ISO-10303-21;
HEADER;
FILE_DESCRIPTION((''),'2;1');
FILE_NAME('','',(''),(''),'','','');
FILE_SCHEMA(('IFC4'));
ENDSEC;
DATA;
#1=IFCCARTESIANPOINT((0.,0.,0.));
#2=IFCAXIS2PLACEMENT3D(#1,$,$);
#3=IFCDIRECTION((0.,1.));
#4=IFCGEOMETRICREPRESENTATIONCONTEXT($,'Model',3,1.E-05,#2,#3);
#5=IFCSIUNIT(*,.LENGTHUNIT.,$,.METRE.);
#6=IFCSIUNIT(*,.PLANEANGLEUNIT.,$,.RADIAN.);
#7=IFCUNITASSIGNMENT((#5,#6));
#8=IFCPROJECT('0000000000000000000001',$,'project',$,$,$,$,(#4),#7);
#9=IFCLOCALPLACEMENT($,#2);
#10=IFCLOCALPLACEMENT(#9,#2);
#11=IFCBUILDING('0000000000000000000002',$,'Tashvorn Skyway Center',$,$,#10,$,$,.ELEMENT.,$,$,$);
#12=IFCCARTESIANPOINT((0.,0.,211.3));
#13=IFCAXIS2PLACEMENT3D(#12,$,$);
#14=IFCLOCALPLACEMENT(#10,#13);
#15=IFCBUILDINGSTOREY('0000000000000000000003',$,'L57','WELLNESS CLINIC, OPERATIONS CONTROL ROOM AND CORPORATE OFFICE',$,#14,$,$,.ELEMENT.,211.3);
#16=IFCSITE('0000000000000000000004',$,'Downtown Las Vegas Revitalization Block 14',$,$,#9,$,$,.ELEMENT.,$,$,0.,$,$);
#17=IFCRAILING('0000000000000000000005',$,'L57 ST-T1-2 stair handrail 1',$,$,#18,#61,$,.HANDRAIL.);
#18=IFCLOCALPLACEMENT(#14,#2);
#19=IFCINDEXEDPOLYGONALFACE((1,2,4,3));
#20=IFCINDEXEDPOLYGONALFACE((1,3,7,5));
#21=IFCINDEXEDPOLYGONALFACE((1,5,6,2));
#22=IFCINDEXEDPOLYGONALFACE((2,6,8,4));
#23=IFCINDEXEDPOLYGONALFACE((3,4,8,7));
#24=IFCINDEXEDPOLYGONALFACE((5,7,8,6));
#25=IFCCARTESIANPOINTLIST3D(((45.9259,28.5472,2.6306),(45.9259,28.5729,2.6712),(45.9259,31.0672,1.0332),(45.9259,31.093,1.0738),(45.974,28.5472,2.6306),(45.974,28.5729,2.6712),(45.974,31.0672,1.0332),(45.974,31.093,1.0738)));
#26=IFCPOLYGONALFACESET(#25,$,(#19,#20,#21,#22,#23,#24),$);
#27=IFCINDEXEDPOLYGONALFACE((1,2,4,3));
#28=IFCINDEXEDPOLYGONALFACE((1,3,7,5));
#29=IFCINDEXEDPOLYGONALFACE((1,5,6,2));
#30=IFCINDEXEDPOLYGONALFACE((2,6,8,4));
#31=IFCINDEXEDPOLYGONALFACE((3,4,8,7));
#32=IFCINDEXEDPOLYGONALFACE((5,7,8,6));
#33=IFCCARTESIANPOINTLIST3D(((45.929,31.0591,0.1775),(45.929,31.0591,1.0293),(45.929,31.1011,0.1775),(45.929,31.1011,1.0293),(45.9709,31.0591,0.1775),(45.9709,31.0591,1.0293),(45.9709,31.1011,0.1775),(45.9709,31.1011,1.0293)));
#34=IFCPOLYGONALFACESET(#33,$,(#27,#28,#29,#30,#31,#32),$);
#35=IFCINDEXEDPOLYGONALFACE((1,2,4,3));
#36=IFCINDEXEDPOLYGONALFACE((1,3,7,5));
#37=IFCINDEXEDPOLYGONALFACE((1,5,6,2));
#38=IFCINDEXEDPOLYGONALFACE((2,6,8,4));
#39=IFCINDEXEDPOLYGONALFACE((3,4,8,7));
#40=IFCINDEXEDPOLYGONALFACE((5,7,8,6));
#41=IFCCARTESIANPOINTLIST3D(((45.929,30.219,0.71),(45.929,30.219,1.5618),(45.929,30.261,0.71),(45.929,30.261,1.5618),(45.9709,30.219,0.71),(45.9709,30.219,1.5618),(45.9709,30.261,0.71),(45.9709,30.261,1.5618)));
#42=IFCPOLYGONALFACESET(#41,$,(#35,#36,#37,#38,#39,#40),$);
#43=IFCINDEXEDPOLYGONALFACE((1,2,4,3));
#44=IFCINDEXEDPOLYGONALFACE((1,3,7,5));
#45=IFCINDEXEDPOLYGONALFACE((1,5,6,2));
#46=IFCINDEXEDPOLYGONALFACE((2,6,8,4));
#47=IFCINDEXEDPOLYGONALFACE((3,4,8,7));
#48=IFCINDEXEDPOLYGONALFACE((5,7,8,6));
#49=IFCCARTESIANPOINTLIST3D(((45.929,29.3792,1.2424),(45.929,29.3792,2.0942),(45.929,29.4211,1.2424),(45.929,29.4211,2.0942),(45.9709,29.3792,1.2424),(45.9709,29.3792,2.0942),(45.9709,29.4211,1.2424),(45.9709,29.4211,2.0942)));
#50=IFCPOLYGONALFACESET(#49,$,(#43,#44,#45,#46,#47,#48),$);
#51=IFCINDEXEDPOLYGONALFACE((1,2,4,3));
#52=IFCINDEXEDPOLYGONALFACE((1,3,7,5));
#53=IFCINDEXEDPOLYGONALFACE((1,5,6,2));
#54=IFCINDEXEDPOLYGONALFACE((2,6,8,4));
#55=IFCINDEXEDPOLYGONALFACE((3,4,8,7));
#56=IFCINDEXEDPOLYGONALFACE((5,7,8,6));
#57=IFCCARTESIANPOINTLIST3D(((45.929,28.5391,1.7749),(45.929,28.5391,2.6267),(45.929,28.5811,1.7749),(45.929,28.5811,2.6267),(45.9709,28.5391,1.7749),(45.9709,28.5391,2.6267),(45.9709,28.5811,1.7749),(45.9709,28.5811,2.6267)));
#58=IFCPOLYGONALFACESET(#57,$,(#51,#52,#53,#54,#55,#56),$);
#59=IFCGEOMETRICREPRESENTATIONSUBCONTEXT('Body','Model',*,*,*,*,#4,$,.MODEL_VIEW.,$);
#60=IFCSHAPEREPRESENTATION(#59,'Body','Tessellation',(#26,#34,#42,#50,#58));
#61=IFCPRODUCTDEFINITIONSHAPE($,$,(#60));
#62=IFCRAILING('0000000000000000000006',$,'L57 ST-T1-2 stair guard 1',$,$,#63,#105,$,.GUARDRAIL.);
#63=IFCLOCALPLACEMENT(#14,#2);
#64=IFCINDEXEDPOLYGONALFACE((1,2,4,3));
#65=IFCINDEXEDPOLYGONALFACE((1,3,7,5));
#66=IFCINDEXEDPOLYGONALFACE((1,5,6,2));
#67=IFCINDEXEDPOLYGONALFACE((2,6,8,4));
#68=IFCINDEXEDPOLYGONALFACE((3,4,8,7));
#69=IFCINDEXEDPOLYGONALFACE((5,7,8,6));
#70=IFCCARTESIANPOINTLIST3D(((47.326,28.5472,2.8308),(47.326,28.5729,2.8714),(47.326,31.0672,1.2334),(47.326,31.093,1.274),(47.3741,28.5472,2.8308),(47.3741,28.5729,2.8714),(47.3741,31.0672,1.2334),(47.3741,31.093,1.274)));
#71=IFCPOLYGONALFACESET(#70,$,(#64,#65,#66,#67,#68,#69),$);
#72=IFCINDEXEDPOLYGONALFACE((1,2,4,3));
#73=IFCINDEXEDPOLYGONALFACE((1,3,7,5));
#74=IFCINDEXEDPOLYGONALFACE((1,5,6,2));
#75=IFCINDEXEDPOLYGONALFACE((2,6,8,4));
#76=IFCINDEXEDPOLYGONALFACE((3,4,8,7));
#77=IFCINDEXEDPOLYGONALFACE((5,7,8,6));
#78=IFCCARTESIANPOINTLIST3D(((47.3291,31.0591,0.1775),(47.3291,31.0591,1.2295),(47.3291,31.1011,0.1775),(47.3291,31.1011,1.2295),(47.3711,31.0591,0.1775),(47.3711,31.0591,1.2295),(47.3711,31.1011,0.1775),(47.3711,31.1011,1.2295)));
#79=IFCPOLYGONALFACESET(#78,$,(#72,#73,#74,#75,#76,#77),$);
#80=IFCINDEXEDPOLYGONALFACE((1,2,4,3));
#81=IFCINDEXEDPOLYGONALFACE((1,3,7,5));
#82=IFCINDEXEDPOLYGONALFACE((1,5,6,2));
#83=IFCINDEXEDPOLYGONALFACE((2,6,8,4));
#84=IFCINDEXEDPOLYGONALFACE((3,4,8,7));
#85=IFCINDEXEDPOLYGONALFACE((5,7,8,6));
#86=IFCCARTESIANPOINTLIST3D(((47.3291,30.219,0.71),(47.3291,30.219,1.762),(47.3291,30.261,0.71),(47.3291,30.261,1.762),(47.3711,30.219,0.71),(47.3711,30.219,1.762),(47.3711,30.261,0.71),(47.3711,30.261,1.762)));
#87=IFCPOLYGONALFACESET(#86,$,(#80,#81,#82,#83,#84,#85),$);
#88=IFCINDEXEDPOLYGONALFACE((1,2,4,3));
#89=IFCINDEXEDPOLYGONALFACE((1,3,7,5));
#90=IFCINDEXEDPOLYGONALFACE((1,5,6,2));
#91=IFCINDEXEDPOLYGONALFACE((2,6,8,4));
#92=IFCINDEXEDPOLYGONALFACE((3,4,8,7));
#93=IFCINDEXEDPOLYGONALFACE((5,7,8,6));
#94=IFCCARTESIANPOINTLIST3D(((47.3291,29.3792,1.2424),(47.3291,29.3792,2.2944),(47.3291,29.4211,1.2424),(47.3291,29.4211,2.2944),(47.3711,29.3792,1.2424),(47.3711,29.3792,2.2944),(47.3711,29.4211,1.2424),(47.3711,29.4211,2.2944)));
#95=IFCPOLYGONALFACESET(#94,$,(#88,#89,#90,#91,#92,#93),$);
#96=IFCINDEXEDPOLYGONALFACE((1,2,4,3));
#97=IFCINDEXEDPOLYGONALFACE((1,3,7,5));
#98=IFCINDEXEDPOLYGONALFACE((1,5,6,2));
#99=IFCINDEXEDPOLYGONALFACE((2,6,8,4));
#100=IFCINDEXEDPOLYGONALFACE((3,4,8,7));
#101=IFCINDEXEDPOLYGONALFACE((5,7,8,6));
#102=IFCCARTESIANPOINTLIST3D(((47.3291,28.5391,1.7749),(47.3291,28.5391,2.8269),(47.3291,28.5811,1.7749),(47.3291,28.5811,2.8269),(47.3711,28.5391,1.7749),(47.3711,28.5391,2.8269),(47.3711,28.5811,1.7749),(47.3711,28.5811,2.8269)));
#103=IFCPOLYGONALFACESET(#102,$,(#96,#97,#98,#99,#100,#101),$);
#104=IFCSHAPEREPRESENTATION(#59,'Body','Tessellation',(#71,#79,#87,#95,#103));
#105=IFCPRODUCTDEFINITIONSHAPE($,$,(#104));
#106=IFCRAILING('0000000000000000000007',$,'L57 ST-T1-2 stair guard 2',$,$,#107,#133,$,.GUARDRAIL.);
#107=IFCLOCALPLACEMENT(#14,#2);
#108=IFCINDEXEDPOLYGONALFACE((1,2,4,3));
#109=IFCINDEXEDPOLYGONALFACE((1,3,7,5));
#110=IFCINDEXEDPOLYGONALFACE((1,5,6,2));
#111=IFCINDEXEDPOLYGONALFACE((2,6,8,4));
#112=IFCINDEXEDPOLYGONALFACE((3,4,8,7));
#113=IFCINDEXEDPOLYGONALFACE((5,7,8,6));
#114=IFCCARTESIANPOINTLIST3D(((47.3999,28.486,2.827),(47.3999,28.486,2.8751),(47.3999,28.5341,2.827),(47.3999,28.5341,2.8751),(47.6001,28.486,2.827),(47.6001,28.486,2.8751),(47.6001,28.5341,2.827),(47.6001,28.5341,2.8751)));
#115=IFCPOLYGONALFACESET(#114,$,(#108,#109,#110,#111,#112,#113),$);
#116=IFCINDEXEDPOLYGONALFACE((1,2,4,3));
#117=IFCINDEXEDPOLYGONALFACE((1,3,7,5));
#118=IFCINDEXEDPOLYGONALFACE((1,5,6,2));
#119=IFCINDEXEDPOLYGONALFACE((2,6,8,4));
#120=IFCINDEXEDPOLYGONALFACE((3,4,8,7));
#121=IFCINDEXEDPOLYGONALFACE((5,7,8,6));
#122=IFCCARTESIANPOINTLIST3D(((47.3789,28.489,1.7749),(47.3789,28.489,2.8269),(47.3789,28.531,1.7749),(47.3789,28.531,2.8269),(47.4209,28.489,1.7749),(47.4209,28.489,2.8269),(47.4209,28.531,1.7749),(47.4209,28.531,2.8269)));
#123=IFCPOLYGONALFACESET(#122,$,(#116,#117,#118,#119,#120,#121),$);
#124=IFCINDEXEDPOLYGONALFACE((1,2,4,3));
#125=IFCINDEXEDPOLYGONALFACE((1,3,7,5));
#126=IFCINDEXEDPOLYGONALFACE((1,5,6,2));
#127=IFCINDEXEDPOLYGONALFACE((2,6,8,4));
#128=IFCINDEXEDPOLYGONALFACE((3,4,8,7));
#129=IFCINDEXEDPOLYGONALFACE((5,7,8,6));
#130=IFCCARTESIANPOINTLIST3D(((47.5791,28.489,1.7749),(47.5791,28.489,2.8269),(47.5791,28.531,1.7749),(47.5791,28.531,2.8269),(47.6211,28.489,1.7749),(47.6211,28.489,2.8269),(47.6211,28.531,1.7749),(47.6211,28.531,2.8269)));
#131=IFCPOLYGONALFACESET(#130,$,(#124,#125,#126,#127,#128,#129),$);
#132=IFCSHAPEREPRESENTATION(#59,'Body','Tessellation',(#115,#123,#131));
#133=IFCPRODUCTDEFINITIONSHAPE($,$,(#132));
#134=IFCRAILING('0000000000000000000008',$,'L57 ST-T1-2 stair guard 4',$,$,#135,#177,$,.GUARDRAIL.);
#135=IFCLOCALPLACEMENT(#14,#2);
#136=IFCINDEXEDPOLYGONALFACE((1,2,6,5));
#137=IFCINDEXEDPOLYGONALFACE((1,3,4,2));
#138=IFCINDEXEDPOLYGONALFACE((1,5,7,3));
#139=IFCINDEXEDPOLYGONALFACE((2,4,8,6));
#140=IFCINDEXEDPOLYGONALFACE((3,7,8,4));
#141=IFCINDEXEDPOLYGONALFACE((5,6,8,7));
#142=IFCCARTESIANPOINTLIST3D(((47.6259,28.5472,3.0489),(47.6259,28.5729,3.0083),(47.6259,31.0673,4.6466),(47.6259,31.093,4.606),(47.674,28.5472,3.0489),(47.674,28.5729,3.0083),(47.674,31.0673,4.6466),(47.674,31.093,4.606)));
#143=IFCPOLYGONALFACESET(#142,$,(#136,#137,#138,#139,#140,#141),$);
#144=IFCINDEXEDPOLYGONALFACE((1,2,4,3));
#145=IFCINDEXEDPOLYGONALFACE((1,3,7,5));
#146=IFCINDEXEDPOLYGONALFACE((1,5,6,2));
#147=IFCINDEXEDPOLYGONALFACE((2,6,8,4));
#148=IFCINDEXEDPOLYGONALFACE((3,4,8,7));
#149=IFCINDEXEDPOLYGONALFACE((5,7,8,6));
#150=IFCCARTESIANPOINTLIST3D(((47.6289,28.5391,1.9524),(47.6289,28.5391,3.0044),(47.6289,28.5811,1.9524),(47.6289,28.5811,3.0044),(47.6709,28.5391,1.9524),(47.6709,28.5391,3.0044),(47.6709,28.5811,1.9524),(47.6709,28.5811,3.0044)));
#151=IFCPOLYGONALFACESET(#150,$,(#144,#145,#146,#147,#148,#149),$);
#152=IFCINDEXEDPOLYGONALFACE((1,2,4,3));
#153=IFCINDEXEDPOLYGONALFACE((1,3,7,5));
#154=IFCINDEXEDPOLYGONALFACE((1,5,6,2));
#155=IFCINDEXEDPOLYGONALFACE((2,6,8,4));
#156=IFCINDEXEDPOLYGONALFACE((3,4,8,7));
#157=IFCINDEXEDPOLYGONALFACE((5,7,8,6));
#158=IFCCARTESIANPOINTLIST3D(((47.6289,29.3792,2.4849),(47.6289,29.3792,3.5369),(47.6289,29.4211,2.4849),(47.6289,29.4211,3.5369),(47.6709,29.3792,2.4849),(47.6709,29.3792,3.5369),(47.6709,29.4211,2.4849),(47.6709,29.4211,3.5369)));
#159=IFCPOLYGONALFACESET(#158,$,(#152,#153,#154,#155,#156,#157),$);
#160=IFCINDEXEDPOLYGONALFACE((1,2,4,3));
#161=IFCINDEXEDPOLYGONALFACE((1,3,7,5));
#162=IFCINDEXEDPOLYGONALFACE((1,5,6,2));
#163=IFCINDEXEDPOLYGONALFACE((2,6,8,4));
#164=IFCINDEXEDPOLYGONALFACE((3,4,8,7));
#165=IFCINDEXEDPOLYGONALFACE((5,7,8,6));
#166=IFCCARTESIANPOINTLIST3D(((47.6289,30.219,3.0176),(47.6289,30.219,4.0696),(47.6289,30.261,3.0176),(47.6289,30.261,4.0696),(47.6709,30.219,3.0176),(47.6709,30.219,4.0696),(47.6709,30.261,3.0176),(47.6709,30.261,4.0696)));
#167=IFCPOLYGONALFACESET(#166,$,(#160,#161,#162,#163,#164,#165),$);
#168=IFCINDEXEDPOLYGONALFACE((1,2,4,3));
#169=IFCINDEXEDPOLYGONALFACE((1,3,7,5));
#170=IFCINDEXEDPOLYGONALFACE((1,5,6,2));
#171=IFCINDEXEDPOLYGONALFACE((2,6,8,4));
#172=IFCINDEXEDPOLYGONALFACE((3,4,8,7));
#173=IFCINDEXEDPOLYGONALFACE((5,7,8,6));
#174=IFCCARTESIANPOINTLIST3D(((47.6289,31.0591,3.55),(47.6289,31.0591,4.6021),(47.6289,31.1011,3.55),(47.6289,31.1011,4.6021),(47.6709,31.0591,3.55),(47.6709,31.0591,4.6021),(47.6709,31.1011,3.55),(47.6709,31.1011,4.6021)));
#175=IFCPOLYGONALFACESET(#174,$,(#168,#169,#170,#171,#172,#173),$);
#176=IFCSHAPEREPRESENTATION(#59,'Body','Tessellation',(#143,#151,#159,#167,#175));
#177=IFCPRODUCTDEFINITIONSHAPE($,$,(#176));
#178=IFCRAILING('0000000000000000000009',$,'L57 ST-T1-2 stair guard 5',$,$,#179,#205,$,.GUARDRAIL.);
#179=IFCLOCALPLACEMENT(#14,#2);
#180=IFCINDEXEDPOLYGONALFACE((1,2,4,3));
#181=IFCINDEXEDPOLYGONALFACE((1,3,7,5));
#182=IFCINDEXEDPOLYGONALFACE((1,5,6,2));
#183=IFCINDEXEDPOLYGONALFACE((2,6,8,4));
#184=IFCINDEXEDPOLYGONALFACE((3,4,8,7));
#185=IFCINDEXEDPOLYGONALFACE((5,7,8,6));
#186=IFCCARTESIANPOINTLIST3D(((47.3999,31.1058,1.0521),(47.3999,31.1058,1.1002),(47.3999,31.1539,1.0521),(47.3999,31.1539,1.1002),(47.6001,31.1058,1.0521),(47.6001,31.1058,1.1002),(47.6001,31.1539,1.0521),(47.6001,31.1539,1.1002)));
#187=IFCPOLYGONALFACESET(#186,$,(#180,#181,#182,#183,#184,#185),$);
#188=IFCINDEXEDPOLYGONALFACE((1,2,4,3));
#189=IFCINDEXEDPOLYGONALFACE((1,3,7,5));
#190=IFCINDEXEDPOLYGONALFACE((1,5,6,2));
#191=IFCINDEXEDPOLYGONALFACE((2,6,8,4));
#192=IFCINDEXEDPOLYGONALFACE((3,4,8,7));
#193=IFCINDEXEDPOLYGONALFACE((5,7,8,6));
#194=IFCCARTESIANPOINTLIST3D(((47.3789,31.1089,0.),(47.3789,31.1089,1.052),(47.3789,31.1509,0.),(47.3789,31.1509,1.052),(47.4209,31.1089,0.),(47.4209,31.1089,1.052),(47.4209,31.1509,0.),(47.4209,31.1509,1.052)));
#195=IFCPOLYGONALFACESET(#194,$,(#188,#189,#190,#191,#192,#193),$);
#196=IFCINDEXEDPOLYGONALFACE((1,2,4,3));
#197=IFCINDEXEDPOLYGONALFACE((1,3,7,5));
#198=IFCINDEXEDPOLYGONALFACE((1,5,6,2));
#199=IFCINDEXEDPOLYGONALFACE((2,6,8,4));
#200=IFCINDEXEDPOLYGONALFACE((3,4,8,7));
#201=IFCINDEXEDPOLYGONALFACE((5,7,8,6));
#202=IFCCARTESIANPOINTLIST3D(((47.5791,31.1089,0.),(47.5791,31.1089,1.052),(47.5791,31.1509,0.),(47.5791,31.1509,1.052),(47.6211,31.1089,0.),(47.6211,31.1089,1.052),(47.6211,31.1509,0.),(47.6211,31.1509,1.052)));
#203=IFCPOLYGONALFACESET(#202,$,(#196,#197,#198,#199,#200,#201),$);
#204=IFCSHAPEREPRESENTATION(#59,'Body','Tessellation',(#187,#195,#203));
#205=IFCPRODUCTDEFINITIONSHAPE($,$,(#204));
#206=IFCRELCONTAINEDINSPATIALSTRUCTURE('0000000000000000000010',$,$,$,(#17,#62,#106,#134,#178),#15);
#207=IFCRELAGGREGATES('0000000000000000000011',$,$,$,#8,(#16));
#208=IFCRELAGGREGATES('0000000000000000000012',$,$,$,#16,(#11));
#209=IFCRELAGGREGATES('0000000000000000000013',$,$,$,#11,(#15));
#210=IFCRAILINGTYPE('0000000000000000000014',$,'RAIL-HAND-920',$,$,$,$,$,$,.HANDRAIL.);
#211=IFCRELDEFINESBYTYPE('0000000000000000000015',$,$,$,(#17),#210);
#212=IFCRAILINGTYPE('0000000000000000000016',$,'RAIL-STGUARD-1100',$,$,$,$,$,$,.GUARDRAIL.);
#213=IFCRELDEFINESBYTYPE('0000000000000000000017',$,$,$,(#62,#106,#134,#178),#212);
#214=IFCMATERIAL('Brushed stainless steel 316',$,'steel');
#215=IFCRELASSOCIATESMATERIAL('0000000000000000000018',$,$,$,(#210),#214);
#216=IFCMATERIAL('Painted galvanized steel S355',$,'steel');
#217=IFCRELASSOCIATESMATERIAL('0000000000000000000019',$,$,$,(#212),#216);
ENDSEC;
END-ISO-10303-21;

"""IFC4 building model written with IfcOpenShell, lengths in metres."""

from ifc_helpers import new_model, si_unit, direction, frame, origin, origin_2d, place, context, subcontext, project, spatial, rectangle, extrude, material, type_object, element, save


model = new_model("IFC4")

# Units and contexts
model_context = context("Model", 3, precision=1e-05, world=origin(), true_north=direction((0.0, 1.0)))
body_context = subcontext(model_context, "Body", "Model", "MODEL_VIEW")
ifc_project = project(units=[si_unit("LENGTHUNIT", "METRE"), si_unit("PLANEANGLEUNIT", "RADIAN")], contexts=[model_context])

# Site, building, storey
site_placement = place(None, origin())
site = spatial("IfcSite", under=ifc_project, at=site_placement, Name="Downtown Las Vegas Revitalization Block 14", CompositionType="ELEMENT", RefElevation=0.0)
building_placement = place(site_placement, origin())
building = spatial("IfcBuilding", under=site, at=building_placement, Name="Tashvorn Skyway Center", CompositionType="ELEMENT")
storey_placement = place(building_placement, frame((0.0, 0.0, 211.3)))
storey = spatial("IfcBuildingStorey", under=building, at=storey_placement, Name="L57", Description="WELLNESS CLINIC, OPERATIONS CONTROL ROOM AND CORPORATE OFFICE", CompositionType="ELEMENT", Elevation=211.3)

# Railings
ifc_material_1 = material(Name="Brushed stainless steel 316", Category="steel")
railing_type_1 = type_object("IfcRailingType", Name="RAIL-HAND-920", PredefinedType="HANDRAIL", material=ifc_material_1)
railing_1_placement = place(storey_placement, frame((45.95, 31.0801, 0.1775)))
element("IfcRailing", 1, at=railing_1_placement, inside=storey, type_object=railing_type_1, Name="L57 ST-T1-2 stair handrail 1", PredefinedType="HANDRAIL", context=body_context, shape_type="SweptSolid", body=[
    extrude(rectangle(XDim=0.0481, YDim=0.0481, at=origin_2d()), frame((0.0, 0.0, 0.876), z_axis=(0.0, -0.844607, 0.535387), x_axis=(1.0, 0.0, 0.0)), (0.0, 0.0, 1.0), 2.9836),
    extrude(rectangle(XDim=0.042, YDim=0.042, at=origin_2d()), origin(), (0.0, 0.0, 1.0), 0.8518),
    extrude(rectangle(XDim=0.042, YDim=0.042, at=origin_2d()), frame((0.0, -0.8401, 0.5325)), (0.0, 0.0, 1.0), 0.8518),
    extrude(rectangle(XDim=0.042, YDim=0.042, at=origin_2d()), frame((0.0, -1.6799, 1.0649)), (0.0, 0.0, 1.0), 0.8518),
    extrude(rectangle(XDim=0.042, YDim=0.042, at=origin_2d()), frame((0.0, -2.52, 1.5974)), (0.0, 0.0, 1.0), 0.8518),
])
ifc_material_2 = material(Name="Painted galvanized steel S355", Category="steel")
railing_type_2 = type_object("IfcRailingType", Name="RAIL-STGUARD-1100", PredefinedType="GUARDRAIL", material=ifc_material_2)
railing_2_placement = place(storey_placement, frame((47.3501, 31.0801, 0.1775)))
element("IfcRailing", 2, at=railing_2_placement, inside=storey, type_object=railing_type_2, Name="L57 ST-T1-2 stair guard 1", PredefinedType="GUARDRAIL", context=body_context, shape_type="SweptSolid", body=[
    extrude(rectangle(XDim=0.0481, YDim=0.0481, at=origin_2d()), frame((0.0, 0.0, 1.0762), z_axis=(0.0, -0.844607, 0.535387), x_axis=(1.0, 0.0, 0.0)), (0.0, 0.0, 1.0), 2.9836),
    extrude(rectangle(XDim=0.042, YDim=0.042, at=origin_2d()), origin(), (0.0, 0.0, 1.0), 1.052),
    extrude(rectangle(XDim=0.042, YDim=0.042, at=origin_2d()), frame((0.0, -0.8401, 0.5325)), (0.0, 0.0, 1.0), 1.052),
    extrude(rectangle(XDim=0.042, YDim=0.042, at=origin_2d()), frame((0.0, -1.6799, 1.0649)), (0.0, 0.0, 1.0), 1.052),
    extrude(rectangle(XDim=0.042, YDim=0.042, at=origin_2d()), frame((0.0, -2.52, 1.5974)), (0.0, 0.0, 1.0), 1.052),
])
railing_3_placement = place(storey_placement, frame((47.3999, 28.51, 1.7749)))
element("IfcRailing", 3, at=railing_3_placement, inside=storey, type_object=railing_type_2, Name="L57 ST-T1-2 stair guard 2", PredefinedType="GUARDRAIL", context=body_context, shape_type="SweptSolid", body=[
    extrude(rectangle(XDim=0.0481, YDim=0.0481, at=origin_2d()), frame((0.0, 0.0, 1.0762), z_axis=(1.0, 0.0, 0.0), x_axis=(0.0, 1.0, 0.0)), (0.0, 0.0, 1.0), 0.2002),
    extrude(rectangle(XDim=0.042, YDim=0.042, at=origin_2d()), origin(), (0.0, 0.0, 1.0), 1.052),
    extrude(rectangle(XDim=0.042, YDim=0.042, at=origin_2d()), frame((0.2002, 0.0, 0.0)), (0.0, 0.0, 1.0), 1.052),
])
railing_4_placement = place(storey_placement, frame((47.6499, 28.5601, 1.9524)))
element("IfcRailing", 4, at=railing_4_placement, inside=storey, type_object=railing_type_2, Name="L57 ST-T1-2 stair guard 4", PredefinedType="GUARDRAIL", context=body_context, shape_type="SweptSolid", body=[
    extrude(rectangle(XDim=0.0481, YDim=0.0481, at=origin_2d()), frame((0.0, 0.0, 1.0762), z_axis=(0.0, 0.84457, 0.535445), x_axis=(-1.0, 0.0, 0.0)), (0.0, 0.0, 1.0), 2.9839),
    extrude(rectangle(XDim=0.042, YDim=0.042, at=origin_2d()), origin(), (0.0, 0.0, 1.0), 1.052),
    extrude(rectangle(XDim=0.042, YDim=0.042, at=origin_2d()), frame((0.0, 0.8401, 0.5325)), (0.0, 0.0, 1.0), 1.052),
    extrude(rectangle(XDim=0.042, YDim=0.042, at=origin_2d()), frame((0.0, 1.6799, 1.0652)), (0.0, 0.0, 1.0), 1.052),
    extrude(rectangle(XDim=0.042, YDim=0.042, at=origin_2d()), frame((0.0, 2.52, 1.5977)), (0.0, 0.0, 1.0), 1.052),
])
railing_5_placement = place(storey_placement, frame((47.3999, 31.1299, 0.0)))
element("IfcRailing", 5, at=railing_5_placement, inside=storey, type_object=railing_type_2, Name="L57 ST-T1-2 stair guard 5", PredefinedType="GUARDRAIL", context=body_context, shape_type="SweptSolid", body=[
    extrude(rectangle(XDim=0.0481, YDim=0.0481, at=origin_2d()), frame((0.0, 0.0, 1.0762), z_axis=(1.0, 0.0, 0.0), x_axis=(0.0, 1.0, 0.0)), (0.0, 0.0, 1.0), 0.2002),
    extrude(rectangle(XDim=0.042, YDim=0.042, at=origin_2d()), origin(), (0.0, 0.0, 1.0), 1.052),
    extrude(rectangle(XDim=0.042, YDim=0.042, at=origin_2d()), frame((0.2002, 0.0, 0.0)), (0.0, 0.0, 1.0), 1.052),
])

save(model, "model.ifc")
